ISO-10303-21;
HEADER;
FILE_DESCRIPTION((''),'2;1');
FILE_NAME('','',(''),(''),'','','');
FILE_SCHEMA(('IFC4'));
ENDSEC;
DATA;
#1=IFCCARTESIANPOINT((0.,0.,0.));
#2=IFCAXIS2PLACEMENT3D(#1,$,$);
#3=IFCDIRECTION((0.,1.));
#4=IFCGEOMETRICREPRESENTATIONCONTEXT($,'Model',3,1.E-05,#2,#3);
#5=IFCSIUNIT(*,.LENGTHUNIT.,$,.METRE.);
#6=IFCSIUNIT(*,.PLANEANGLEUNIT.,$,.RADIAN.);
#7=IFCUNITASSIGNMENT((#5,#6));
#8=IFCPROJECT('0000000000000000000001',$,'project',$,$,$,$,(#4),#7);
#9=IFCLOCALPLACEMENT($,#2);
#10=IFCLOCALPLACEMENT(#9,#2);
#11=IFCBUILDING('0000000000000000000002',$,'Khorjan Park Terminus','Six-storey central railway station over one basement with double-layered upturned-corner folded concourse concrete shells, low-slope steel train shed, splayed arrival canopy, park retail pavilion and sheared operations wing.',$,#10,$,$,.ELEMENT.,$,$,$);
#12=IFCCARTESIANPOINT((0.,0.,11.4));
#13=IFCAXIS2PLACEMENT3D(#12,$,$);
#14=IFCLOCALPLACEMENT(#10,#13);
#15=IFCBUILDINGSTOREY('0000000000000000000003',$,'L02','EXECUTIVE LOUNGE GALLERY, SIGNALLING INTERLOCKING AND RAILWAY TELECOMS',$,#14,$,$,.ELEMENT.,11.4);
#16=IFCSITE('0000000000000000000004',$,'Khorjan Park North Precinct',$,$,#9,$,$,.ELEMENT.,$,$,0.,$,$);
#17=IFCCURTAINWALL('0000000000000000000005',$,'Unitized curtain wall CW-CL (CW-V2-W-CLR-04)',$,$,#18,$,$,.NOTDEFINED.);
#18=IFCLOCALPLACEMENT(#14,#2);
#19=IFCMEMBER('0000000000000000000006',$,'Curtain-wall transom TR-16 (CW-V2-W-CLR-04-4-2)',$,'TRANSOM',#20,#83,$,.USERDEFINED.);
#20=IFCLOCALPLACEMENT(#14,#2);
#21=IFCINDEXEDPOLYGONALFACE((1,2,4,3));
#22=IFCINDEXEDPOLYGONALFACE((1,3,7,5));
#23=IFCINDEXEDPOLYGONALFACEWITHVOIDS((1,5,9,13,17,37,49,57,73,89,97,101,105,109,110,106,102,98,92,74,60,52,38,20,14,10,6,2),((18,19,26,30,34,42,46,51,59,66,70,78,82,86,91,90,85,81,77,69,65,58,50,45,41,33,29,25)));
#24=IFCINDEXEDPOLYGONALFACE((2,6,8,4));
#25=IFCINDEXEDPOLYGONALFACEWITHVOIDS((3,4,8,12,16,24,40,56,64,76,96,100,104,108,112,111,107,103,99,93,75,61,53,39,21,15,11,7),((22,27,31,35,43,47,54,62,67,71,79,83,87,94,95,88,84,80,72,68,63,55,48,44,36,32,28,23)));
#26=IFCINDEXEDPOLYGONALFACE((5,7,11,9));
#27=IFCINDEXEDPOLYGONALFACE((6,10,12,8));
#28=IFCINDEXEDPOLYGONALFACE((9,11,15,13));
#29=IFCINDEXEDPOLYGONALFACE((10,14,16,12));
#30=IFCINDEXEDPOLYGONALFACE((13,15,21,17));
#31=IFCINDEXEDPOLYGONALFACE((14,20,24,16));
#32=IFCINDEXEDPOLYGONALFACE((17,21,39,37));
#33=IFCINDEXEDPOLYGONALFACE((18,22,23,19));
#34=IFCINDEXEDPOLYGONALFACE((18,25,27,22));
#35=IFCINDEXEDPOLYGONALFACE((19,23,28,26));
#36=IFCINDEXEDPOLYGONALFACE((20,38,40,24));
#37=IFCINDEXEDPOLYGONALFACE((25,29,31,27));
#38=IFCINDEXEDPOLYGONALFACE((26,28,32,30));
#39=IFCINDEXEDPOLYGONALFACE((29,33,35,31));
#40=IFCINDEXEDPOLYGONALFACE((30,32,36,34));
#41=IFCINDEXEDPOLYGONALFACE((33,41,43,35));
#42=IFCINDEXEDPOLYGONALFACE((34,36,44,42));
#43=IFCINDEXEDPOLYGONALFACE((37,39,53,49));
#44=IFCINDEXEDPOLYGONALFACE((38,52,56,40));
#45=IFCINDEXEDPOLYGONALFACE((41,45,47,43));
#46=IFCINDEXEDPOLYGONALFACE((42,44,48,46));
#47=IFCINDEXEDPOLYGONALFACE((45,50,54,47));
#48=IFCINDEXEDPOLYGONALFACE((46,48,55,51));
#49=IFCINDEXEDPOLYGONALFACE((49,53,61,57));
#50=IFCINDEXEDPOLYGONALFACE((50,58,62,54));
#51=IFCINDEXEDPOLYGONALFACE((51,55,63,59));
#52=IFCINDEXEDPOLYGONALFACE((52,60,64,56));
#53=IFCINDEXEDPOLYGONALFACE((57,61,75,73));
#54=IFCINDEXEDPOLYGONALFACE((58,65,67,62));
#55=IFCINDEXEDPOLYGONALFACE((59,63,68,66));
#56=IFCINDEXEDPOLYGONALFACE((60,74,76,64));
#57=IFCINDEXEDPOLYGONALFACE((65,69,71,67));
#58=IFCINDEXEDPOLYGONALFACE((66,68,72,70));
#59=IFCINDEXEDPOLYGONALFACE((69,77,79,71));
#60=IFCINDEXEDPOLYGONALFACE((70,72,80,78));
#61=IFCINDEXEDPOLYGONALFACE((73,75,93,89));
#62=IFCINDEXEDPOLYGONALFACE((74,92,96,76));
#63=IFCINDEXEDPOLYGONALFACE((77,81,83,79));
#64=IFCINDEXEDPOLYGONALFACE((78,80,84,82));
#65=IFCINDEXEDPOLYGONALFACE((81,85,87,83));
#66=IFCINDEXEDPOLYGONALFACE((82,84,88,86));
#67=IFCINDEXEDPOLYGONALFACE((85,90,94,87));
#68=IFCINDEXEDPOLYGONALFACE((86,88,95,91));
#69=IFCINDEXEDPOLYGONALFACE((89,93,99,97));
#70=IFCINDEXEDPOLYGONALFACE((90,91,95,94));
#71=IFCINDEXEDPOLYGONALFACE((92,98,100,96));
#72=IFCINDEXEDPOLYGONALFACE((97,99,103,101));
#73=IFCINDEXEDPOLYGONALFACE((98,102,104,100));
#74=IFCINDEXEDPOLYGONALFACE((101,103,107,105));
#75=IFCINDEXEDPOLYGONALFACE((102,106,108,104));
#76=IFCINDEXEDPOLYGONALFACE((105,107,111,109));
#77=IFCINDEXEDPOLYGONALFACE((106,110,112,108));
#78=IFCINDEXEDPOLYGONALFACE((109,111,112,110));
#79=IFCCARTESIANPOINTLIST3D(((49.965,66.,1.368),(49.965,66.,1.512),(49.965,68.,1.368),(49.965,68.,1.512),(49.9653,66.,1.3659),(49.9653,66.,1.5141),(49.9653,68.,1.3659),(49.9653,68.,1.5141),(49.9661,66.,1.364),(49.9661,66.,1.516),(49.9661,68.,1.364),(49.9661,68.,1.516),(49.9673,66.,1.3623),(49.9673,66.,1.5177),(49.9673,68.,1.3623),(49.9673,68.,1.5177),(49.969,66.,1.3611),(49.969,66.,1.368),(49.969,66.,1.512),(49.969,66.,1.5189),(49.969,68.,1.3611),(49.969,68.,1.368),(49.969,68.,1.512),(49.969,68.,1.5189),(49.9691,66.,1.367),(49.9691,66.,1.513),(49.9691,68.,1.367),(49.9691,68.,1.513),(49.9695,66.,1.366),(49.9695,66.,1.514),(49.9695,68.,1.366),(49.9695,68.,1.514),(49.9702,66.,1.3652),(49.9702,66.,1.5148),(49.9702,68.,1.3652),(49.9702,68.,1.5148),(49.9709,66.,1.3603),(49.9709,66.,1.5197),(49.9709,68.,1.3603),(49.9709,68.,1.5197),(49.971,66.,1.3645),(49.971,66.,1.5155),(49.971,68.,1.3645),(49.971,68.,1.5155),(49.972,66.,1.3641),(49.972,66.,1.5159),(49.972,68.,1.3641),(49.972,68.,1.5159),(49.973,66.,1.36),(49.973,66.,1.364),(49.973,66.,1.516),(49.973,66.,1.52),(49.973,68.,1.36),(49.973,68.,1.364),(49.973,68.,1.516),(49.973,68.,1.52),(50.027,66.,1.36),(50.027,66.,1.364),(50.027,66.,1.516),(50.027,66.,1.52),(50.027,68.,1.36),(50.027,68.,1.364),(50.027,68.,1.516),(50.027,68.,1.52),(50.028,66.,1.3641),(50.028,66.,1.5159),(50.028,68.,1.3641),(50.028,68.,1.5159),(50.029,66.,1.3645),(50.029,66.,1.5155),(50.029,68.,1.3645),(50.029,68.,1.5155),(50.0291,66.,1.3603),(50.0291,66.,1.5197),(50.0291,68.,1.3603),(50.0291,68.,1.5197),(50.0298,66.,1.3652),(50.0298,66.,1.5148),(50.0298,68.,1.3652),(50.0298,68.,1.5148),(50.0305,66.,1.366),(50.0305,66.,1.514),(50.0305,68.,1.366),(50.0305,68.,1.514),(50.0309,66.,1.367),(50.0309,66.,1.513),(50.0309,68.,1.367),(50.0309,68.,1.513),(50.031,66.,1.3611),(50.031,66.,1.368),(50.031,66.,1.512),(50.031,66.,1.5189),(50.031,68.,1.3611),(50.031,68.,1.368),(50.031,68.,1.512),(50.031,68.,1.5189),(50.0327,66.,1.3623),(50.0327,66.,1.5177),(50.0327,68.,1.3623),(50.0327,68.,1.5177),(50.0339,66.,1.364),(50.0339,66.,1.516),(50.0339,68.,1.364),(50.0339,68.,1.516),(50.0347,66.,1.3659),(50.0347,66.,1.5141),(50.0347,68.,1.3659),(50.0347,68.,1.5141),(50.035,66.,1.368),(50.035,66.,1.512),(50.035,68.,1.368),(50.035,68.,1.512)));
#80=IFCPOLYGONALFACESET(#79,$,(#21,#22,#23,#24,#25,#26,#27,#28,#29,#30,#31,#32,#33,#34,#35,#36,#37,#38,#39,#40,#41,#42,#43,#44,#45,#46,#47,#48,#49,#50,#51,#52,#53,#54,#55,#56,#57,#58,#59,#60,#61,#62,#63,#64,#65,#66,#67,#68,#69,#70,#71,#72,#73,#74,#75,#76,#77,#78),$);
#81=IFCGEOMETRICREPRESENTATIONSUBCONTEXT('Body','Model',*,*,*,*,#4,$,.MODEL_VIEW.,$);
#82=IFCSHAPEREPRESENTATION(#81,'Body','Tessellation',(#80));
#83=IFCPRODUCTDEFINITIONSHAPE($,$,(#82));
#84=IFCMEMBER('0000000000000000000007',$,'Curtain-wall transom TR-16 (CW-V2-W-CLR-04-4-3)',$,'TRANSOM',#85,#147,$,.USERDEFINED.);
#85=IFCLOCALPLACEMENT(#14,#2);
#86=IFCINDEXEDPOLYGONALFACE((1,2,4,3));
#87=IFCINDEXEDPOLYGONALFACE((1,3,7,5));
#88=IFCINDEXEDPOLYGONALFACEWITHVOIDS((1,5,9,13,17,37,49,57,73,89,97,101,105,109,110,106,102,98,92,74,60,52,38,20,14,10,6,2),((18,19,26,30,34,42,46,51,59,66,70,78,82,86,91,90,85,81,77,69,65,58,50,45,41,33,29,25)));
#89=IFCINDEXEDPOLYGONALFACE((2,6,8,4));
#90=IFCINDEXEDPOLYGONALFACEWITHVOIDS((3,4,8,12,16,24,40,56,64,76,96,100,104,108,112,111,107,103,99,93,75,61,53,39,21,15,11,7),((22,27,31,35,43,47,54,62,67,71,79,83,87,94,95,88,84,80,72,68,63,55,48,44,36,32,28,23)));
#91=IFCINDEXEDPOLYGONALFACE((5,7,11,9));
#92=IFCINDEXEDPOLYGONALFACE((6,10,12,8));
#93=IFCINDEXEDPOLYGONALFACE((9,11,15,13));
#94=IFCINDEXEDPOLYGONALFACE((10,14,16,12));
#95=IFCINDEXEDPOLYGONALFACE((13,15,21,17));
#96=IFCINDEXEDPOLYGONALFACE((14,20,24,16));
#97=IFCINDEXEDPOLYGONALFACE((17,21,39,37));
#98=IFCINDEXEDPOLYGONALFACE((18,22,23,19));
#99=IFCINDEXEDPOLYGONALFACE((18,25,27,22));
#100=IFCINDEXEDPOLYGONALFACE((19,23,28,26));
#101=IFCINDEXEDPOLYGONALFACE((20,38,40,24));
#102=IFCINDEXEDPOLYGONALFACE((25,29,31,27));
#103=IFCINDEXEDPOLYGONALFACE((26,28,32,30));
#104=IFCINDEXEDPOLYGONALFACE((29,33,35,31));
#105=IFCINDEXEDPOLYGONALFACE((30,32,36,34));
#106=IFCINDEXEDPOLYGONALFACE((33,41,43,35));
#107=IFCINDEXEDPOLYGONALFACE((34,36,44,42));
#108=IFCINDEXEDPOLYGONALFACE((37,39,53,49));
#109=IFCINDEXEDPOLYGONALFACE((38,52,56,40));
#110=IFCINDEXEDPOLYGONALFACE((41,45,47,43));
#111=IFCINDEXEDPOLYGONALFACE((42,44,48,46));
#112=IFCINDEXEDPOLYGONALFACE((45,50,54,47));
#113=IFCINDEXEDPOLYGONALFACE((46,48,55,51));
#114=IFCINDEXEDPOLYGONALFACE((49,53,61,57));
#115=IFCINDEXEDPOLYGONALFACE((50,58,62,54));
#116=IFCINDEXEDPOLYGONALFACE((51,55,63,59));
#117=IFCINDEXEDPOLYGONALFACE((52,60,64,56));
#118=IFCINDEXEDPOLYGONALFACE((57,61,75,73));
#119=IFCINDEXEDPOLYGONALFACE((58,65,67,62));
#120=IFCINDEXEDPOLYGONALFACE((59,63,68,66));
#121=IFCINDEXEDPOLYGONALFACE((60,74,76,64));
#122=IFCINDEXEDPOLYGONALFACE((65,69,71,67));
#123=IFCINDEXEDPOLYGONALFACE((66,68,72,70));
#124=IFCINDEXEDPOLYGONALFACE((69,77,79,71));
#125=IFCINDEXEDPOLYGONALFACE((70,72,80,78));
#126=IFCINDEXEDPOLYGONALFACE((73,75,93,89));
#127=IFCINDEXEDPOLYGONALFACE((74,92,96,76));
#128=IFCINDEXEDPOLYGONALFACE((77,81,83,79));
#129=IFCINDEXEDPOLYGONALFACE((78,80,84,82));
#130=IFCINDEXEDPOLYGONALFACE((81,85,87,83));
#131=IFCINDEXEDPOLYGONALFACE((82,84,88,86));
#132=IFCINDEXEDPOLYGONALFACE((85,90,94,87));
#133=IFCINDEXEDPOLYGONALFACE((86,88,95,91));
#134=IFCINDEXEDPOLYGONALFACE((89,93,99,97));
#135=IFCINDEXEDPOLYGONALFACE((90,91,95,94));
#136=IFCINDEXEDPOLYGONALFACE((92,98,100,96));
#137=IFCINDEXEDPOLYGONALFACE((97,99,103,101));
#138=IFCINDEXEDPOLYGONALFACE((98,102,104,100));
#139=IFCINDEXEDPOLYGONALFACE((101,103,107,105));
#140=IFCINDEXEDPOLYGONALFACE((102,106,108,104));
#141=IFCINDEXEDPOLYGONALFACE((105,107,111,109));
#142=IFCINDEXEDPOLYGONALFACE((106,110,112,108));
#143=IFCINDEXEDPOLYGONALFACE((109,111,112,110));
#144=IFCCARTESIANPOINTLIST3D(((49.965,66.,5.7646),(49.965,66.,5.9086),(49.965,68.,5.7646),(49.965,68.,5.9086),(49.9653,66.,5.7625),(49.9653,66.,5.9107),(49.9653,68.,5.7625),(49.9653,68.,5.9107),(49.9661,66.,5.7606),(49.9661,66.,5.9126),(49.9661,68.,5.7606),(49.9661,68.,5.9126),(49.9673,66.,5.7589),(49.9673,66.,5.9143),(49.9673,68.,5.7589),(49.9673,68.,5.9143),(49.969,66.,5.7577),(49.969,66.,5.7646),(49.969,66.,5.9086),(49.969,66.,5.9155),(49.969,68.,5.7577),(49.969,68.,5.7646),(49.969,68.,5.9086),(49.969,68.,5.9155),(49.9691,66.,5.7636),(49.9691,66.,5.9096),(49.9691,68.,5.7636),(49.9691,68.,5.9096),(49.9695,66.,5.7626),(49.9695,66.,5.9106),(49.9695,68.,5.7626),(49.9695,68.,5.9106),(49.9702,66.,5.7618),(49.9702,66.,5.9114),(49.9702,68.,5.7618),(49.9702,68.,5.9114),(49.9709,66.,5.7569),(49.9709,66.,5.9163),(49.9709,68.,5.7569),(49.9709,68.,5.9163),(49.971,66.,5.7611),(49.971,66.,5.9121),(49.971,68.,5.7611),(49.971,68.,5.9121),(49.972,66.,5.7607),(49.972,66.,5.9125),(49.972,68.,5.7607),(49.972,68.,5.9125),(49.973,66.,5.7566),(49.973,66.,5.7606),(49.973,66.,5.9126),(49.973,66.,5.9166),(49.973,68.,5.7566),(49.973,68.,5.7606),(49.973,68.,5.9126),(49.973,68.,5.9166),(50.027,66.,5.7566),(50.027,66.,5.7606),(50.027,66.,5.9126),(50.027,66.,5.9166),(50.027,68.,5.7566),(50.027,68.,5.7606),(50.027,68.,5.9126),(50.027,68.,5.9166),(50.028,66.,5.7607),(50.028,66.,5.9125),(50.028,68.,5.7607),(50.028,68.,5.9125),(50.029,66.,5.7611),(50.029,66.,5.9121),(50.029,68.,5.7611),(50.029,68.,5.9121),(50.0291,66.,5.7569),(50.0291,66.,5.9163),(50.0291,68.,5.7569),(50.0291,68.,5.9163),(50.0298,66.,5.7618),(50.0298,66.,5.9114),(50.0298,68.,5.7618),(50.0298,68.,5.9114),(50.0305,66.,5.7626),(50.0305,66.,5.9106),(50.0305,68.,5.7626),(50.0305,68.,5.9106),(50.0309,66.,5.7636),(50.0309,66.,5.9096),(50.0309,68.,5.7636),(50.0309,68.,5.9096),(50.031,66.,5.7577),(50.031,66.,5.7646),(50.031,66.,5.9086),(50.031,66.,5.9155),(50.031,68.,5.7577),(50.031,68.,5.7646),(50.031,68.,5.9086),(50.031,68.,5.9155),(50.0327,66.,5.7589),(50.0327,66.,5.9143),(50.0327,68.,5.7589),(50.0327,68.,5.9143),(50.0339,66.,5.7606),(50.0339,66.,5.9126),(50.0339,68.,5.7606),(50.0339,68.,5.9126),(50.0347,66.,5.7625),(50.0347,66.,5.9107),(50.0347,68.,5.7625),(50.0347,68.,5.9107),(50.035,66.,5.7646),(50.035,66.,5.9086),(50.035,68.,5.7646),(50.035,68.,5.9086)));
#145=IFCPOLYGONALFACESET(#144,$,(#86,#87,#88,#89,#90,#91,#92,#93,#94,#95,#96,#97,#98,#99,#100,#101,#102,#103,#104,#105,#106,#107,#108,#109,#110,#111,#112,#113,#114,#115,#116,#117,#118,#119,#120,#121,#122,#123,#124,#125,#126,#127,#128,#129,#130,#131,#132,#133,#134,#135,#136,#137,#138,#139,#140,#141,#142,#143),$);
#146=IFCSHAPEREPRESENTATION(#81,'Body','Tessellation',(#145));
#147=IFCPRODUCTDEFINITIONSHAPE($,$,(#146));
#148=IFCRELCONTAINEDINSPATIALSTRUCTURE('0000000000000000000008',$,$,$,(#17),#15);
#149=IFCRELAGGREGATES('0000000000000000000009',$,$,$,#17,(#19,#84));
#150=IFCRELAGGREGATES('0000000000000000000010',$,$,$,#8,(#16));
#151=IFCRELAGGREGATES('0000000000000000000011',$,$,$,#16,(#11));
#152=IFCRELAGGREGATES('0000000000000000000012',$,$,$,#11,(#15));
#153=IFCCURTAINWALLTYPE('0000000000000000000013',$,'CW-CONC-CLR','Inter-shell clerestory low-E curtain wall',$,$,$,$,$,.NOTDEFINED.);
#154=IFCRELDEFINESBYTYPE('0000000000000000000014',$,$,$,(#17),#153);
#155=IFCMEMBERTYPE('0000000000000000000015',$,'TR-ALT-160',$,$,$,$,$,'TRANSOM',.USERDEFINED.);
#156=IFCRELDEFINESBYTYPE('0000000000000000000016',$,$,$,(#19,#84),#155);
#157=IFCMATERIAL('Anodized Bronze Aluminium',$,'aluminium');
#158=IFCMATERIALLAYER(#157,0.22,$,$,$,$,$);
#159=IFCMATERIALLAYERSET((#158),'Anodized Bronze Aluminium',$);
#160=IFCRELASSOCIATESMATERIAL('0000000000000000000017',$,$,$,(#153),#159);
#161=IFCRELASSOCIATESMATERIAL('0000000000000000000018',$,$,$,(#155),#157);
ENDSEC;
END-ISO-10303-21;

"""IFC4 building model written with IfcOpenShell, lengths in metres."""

from ifc_helpers import new_model, si_unit, direction, frame, origin, origin_2d, place, context, subcontext, project, spatial, hollow_rectangle, extrude, material, layer, layer_set, material_profile, profile_set, type_object, element, aggregate, save


model = new_model("IFC4")

# Units and contexts
model_context = context("Model", 3, precision=1e-05, world=origin(), true_north=direction((0.0, 1.0)))
body_context = subcontext(model_context, "Body", "Model", "MODEL_VIEW")
ifc_project = project(units=[si_unit("LENGTHUNIT", "METRE"), si_unit("PLANEANGLEUNIT", "RADIAN")], contexts=[model_context])

# Site, building, storey
site_placement = place(None, origin())
site = spatial("IfcSite", under=ifc_project, at=site_placement, Name="Khorjan Park North Precinct", CompositionType="ELEMENT", RefElevation=0.0)
building_placement = place(site_placement, origin())
building = spatial("IfcBuilding", under=site, at=building_placement, Name="Khorjan Park Terminus", Description="Six-storey central railway station over one basement with double-layered upturned-corner folded concourse concrete shells, low-slope steel train shed, splayed arrival canopy, park retail pavilion and sheared operations wing.", CompositionType="ELEMENT")
storey_placement = place(building_placement, frame((0.0, 0.0, 11.4)))
storey = spatial("IfcBuildingStorey", under=building, at=storey_placement, Name="L02", Description="EXECUTIVE LOUNGE GALLERY, SIGNALLING INTERLOCKING AND RAILWAY TELECOMS", CompositionType="ELEMENT", Elevation=11.4)

# Shared definitions
ifc_material_1 = material(Name="Anodized Bronze Aluminium", Category="aluminium")
ifc_layer_1 = layer(ifc_material_1, 0.22)
ifc_layer_set_1 = layer_set([ifc_layer_1], Name="Anodized Bronze Aluminium")
curtain_wall_type = type_object("IfcCurtainWallType", Name="CW-CONC-CLR", Description="Inter-shell clerestory low-E curtain wall", PredefinedType="NOTDEFINED", material=ifc_layer_set_1)

# Curtain wall
curtain_wall_1_placement = place(storey_placement, origin())
curtain_wall_1 = element("IfcCurtainWall", 1, at=curtain_wall_1_placement, inside=storey, type_object=curtain_wall_type, Name="Unitized curtain wall CW-CL (CW-V2-W-CLR-04)", PredefinedType="NOTDEFINED")

# Members
ifc_material_profile_1 = material_profile(ifc_material_1, hollow_rectangle(XDim=0.07, YDim=0.16, WallThickness=0.004, InnerFilletRadius=0.004, OuterFilletRadius=0.008, at=origin_2d()), Name="ALT 70x160x4")
ifc_profile_set_1 = profile_set([ifc_material_profile_1], Name="Anodized Bronze Aluminium")
member_type_1 = type_object("IfcMemberType", Name="TR-ALT-160", ElementType="TRANSOM", PredefinedType="USERDEFINED", material=ifc_profile_set_1)
member_1_placement = place(storey_placement, frame((50.0, 68.0, 1.44), z_axis=(0.0, -1.0, 0.0), x_axis=(1.0, 0.0, 0.0)))
member_1 = element("IfcMember", 2, at=member_1_placement, type_object=member_type_1, Name="Curtain-wall transom TR-16 (CW-V2-W-CLR-04-4-2)", ObjectType="TRANSOM", PredefinedType="USERDEFINED", context=body_context, shape_type="SweptSolid", body=[
    extrude(hollow_rectangle(XDim=0.07, YDim=0.16, WallThickness=0.004, InnerFilletRadius=0.004, OuterFilletRadius=0.008, at=origin_2d()), origin(), (0.0, 0.0, 1.0), 2.0),
])
member_2_placement = place(storey_placement, frame((50.0, 68.0, 5.8366), z_axis=(0.0, -1.0, 0.0), x_axis=(1.0, 0.0, 0.0)))
member_2 = element("IfcMember", 3, at=member_2_placement, type_object=member_type_1, Name="Curtain-wall transom TR-16 (CW-V2-W-CLR-04-4-3)", ObjectType="TRANSOM", PredefinedType="USERDEFINED", context=body_context, shape_type="SweptSolid", body=[
    extrude(hollow_rectangle(XDim=0.07, YDim=0.16, WallThickness=0.004, InnerFilletRadius=0.004, OuterFilletRadius=0.008, at=origin_2d()), origin(), (0.0, 0.0, 1.0), 2.0),
])

aggregate(curtain_wall_1, [member_1, member_2])

save(model, "model.ifc")
